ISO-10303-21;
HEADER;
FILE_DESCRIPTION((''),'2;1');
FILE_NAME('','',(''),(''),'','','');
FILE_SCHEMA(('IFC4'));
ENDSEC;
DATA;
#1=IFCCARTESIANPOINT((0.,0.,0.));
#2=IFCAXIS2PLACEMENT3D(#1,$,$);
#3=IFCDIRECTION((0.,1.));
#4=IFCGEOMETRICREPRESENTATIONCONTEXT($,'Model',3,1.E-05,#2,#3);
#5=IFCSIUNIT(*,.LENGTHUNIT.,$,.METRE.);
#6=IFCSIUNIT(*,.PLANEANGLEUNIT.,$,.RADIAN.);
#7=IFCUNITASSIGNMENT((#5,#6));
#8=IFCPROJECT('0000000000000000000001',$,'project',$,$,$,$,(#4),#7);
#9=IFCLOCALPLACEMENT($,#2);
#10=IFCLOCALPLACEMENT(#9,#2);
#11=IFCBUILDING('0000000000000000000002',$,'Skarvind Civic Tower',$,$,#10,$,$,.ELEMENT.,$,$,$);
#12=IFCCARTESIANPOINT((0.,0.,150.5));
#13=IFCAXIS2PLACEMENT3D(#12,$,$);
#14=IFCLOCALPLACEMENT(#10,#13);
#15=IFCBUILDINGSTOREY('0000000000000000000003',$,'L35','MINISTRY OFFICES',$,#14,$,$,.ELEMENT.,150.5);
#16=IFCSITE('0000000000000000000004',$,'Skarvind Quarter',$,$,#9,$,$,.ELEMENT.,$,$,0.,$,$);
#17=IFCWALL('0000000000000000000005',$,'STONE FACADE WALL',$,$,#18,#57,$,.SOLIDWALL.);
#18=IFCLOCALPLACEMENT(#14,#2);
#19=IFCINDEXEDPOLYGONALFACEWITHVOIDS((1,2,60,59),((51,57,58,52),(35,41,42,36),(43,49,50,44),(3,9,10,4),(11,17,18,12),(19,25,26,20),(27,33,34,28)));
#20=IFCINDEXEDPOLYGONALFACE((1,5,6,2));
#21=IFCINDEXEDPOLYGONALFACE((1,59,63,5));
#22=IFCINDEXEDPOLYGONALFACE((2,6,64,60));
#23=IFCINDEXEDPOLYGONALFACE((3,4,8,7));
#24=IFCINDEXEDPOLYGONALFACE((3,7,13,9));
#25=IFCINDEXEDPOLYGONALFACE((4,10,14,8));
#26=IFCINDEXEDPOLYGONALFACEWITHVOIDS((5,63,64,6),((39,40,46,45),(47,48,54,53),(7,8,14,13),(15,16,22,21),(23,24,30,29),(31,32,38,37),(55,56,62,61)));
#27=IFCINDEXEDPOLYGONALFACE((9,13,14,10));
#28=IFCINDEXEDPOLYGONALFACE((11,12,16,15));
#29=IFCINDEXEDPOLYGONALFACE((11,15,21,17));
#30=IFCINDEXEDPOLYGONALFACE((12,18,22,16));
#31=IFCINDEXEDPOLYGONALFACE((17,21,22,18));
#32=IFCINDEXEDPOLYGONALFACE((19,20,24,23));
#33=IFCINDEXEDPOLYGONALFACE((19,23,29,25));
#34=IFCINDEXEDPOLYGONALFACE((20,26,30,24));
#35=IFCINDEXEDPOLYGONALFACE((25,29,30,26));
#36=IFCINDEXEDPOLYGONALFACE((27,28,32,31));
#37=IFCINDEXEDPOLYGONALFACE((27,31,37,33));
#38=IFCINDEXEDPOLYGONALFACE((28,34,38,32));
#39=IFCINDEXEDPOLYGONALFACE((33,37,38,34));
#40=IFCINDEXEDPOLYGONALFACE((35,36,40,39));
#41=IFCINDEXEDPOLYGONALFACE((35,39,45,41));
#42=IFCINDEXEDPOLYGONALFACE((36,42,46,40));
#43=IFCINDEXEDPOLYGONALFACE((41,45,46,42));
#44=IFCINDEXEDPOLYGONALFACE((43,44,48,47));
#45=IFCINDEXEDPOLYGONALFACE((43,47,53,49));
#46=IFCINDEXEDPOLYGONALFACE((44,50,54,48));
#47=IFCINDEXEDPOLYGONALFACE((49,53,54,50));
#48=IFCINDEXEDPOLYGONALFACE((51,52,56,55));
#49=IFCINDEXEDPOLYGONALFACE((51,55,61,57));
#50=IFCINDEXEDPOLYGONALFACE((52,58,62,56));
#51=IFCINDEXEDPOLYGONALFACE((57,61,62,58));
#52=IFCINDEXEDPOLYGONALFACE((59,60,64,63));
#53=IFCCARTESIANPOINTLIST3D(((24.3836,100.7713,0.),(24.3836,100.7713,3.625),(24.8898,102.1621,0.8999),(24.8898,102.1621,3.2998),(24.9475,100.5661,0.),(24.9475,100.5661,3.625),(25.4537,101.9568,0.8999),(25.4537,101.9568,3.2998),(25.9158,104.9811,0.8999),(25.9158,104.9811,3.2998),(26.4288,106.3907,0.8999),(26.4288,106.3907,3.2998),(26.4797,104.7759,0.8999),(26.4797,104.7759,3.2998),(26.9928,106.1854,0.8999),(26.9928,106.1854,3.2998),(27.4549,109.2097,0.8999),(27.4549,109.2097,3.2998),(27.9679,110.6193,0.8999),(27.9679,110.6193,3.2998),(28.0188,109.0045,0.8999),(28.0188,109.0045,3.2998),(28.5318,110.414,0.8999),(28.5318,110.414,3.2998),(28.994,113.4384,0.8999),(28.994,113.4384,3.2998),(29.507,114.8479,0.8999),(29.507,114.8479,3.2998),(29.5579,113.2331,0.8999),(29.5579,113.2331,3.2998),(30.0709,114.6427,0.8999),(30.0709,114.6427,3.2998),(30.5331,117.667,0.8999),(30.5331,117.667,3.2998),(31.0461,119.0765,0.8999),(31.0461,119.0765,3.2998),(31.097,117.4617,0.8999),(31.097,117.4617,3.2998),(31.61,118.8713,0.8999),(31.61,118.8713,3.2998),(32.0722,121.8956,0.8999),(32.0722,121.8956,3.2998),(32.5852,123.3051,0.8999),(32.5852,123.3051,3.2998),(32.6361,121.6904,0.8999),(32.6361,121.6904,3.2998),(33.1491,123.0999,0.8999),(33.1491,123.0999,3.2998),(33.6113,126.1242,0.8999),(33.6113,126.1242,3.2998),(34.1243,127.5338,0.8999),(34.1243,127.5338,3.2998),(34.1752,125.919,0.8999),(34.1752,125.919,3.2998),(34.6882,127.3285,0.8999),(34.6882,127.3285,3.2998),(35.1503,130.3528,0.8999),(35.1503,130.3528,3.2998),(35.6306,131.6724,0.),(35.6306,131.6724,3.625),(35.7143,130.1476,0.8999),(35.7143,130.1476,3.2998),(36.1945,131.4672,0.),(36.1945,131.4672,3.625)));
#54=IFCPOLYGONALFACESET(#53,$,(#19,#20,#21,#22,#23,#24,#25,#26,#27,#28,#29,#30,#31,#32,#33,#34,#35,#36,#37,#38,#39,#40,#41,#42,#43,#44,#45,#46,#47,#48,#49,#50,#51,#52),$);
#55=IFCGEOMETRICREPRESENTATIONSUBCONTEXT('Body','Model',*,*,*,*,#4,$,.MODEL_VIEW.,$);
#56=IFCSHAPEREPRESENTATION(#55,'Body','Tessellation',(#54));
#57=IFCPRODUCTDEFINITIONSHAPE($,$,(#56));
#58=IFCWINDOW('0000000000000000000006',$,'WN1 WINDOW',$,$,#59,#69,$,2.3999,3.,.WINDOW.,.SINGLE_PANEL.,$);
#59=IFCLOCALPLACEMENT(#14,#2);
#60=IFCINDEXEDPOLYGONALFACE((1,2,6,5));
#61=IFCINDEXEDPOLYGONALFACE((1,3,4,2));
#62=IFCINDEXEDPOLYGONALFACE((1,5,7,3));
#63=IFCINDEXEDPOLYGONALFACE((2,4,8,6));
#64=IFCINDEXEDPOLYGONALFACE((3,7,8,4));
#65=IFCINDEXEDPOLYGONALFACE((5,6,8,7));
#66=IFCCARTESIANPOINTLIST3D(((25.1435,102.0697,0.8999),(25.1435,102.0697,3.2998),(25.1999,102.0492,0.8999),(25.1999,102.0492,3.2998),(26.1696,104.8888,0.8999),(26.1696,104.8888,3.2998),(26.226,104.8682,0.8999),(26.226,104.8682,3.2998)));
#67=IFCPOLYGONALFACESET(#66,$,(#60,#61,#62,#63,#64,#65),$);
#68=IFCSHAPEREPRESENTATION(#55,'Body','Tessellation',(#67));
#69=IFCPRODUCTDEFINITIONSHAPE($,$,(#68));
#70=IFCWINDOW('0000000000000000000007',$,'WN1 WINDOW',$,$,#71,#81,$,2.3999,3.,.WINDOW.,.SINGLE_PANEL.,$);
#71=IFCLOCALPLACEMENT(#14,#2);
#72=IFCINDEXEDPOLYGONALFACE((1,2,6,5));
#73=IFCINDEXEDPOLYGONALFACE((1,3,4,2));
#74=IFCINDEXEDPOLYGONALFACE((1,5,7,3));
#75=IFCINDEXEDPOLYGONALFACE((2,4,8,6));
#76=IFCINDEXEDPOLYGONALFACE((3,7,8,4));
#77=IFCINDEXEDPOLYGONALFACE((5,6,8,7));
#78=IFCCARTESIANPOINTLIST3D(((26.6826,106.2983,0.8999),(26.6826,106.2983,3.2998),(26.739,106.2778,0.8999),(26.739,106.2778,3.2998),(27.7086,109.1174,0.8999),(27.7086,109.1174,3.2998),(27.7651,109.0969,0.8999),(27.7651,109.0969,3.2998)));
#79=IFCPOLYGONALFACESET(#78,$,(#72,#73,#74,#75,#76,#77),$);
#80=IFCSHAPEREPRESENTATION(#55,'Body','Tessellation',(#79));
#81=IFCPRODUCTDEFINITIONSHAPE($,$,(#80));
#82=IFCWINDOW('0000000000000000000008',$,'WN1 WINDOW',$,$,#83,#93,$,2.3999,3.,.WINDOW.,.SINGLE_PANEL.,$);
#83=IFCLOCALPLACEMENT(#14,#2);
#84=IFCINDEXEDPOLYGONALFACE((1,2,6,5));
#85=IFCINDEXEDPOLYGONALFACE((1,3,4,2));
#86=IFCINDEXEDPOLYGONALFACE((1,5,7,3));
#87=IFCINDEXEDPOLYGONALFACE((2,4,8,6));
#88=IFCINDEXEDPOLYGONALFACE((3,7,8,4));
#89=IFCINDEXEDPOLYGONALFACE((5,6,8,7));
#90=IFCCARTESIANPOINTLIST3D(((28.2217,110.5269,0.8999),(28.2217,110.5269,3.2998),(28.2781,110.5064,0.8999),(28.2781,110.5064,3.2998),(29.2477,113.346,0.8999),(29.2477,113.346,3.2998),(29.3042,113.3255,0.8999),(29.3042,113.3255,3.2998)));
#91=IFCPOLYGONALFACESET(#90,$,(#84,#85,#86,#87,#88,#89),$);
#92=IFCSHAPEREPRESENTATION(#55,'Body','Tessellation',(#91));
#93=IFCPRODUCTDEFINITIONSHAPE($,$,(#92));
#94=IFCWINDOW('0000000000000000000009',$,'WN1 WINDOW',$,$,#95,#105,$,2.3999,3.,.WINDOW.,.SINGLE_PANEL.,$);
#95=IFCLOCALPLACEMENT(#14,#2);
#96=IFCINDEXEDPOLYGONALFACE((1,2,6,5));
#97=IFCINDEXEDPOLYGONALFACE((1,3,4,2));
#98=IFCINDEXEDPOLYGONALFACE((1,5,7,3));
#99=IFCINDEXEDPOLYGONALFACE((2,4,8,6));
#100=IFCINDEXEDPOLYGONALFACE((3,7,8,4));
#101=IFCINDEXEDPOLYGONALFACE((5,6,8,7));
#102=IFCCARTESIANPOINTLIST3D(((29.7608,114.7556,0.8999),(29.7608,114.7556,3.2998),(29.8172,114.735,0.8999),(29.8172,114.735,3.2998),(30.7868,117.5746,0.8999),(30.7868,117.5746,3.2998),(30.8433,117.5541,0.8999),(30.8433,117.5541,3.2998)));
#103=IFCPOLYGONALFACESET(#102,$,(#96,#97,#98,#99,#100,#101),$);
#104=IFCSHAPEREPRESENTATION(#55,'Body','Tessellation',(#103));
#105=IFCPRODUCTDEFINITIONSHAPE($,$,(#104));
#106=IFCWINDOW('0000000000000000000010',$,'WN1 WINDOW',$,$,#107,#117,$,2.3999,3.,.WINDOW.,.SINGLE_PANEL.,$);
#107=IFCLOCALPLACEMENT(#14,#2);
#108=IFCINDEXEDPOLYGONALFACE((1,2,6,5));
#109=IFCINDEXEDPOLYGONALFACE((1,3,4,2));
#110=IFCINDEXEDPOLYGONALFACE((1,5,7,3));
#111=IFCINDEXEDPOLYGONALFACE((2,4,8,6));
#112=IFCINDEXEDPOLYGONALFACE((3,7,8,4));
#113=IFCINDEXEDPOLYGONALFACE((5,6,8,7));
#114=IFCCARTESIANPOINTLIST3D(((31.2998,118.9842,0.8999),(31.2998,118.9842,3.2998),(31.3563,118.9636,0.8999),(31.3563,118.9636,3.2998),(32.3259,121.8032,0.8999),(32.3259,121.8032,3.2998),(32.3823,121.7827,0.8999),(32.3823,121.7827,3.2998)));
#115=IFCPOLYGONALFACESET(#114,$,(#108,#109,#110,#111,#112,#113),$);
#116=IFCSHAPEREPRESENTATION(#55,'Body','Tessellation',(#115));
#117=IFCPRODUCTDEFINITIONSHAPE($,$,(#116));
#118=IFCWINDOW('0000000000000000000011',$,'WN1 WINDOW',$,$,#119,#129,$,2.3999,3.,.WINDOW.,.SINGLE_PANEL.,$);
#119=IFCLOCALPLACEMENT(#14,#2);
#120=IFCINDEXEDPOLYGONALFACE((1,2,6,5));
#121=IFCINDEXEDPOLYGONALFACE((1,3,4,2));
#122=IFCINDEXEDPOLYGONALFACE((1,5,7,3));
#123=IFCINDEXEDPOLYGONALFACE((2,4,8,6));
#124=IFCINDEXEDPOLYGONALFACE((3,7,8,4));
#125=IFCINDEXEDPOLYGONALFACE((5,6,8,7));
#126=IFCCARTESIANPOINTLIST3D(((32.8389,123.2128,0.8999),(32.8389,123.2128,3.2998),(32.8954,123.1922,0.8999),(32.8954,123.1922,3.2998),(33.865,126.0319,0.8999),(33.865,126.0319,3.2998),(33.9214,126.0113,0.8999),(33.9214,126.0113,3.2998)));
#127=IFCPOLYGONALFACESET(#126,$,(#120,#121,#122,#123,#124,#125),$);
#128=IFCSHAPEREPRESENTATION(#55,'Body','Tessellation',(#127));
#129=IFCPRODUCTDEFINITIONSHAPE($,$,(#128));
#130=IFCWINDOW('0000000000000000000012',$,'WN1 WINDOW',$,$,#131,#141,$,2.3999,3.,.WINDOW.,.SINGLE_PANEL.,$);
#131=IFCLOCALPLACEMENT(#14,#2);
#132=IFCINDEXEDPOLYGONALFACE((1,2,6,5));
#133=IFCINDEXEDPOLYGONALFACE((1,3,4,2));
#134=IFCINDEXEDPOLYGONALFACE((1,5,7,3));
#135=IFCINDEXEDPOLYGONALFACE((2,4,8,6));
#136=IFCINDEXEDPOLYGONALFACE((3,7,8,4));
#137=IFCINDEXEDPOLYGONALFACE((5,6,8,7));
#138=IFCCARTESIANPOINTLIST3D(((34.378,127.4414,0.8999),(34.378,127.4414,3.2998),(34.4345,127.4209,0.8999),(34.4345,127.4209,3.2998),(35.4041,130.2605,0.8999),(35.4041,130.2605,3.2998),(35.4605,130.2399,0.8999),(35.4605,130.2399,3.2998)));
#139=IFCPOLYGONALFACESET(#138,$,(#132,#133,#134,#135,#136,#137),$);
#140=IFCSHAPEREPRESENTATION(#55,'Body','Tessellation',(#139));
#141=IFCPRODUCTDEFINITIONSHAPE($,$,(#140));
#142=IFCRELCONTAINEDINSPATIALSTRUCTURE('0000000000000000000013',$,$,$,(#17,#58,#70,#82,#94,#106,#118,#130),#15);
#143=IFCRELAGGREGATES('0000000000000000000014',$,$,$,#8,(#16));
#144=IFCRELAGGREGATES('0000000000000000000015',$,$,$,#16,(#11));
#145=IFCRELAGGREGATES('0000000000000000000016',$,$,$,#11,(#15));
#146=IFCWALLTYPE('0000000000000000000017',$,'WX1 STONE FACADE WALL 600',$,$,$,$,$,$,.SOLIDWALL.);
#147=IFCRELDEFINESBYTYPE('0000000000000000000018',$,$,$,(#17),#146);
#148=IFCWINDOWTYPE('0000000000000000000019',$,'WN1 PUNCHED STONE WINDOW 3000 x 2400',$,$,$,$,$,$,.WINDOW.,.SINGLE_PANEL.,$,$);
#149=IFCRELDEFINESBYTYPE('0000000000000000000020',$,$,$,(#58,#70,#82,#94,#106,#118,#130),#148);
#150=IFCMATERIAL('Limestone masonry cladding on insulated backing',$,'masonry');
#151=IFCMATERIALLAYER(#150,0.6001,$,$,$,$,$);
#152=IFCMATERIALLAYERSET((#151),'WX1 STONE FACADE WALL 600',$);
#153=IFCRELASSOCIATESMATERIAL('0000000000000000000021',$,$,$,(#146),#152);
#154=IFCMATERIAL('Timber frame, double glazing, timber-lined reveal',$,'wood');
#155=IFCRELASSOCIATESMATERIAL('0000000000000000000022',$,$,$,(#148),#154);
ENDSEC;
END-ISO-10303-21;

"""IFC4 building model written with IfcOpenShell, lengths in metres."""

from ifc_helpers import new_model, si_unit, direction, frame, frame_2d, origin, place, context, subcontext, project, spatial, rectangle, extrude, material, layer, layer_set, type_object, element, fill, save


model = new_model("IFC4")

# Units and contexts
model_context = context("Model", 3, precision=1e-05, world=origin(), true_north=direction((0.0, 1.0)))
body_context = subcontext(model_context, "Body", "Model", "MODEL_VIEW")
ifc_project = project(units=[si_unit("LENGTHUNIT", "METRE"), si_unit("PLANEANGLEUNIT", "RADIAN")], contexts=[model_context])

# Site, building, storey
site_placement = place(None, origin())
site = spatial("IfcSite", under=ifc_project, at=site_placement, Name="Skarvind Quarter", CompositionType="ELEMENT", RefElevation=0.0)
building_placement = place(site_placement, origin())
building = spatial("IfcBuilding", under=site, at=building_placement, Name="Skarvind Civic Tower", CompositionType="ELEMENT")
storey_placement = place(building_placement, frame((0.0, 0.0, 150.5)))
storey = spatial("IfcBuildingStorey", under=building, at=storey_placement, Name="L35", Description="MINISTRY OFFICES", CompositionType="ELEMENT", Elevation=150.5)

# Wall, openings, windows
ifc_material_1 = material(Name="Limestone masonry cladding on insulated backing", Category="masonry")
ifc_layer_1 = layer(ifc_material_1, 0.6001)
ifc_layer_set_1 = layer_set([ifc_layer_1], Name="WX1 STONE FACADE WALL 600")
wall_type_1 = type_object("IfcWallType", Name="WX1 STONE FACADE WALL 600", PredefinedType="SOLIDWALL", material=ifc_layer_set_1)
wall_1_placement = place(storey_placement, frame((24.6655, 100.6687, 0.0), z_axis=(0.0, 0.0, 1.0), x_axis=(0.34202, 0.939693, 0.0)))
wall_1 = element("IfcWall", 1, at=wall_1_placement, inside=storey, type_object=wall_type_1, Name="STONE FACADE WALL", PredefinedType="SOLIDWALL", context=body_context, shape_type="SweptSolid", body=[
    extrude(rectangle(XDim=32.8843, YDim=0.6001, at=frame_2d((16.4421, 0.0))), origin(), (0.0, 0.0, 1.0), 3.625),
])
opening_1_placement = place(wall_1_placement, frame((1.48, 0.0, 0.8999)))
opening_1 = element("IfcOpeningElement", 2, at=opening_1_placement, cuts=wall_1, PredefinedType="OPENING", context=body_context, shape_type="SweptSolid", body=[
    extrude(rectangle(XDim=3.0, YDim=2.3999, at=frame_2d((1.5, 1.2))), frame((0.0, 0.3101, 0.0), z_axis=(0.0, -1.0, 0.0), x_axis=(1.0, 0.0, 0.0)), (0.0, 0.0, 1.0), 0.6201),
])
opening_2_placement = place(wall_1_placement, frame((5.98, 0.0, 0.8999)))
opening_2 = element("IfcOpeningElement", 3, at=opening_2_placement, cuts=wall_1, PredefinedType="OPENING", context=body_context, shape_type="SweptSolid", body=[
    extrude(rectangle(XDim=3.0, YDim=2.3999, at=frame_2d((1.5, 1.2))), frame((0.0, 0.3101, 0.0), z_axis=(0.0, -1.0, 0.0), x_axis=(1.0, 0.0, 0.0)), (0.0, 0.0, 1.0), 0.6201),
])
opening_3_placement = place(wall_1_placement, frame((10.48, 0.0, 0.8999)))
opening_3 = element("IfcOpeningElement", 4, at=opening_3_placement, cuts=wall_1, PredefinedType="OPENING", context=body_context, shape_type="SweptSolid", body=[
    extrude(rectangle(XDim=3.0, YDim=2.3999, at=frame_2d((1.5, 1.2))), frame((0.0, 0.3101, 0.0), z_axis=(0.0, -1.0, 0.0), x_axis=(1.0, 0.0, 0.0)), (0.0, 0.0, 1.0), 0.6201),
])
opening_4_placement = place(wall_1_placement, frame((14.98, 0.0, 0.8999)))
opening_4 = element("IfcOpeningElement", 5, at=opening_4_placement, cuts=wall_1, PredefinedType="OPENING", context=body_context, shape_type="SweptSolid", body=[
    extrude(rectangle(XDim=3.0, YDim=2.3999, at=frame_2d((1.5, 1.2))), frame((0.0, 0.3101, 0.0), z_axis=(0.0, -1.0, 0.0), x_axis=(1.0, 0.0, 0.0)), (0.0, 0.0, 1.0), 0.6201),
])
opening_5_placement = place(wall_1_placement, frame((19.48, 0.0, 0.8999)))
opening_5 = element("IfcOpeningElement", 6, at=opening_5_placement, cuts=wall_1, PredefinedType="OPENING", context=body_context, shape_type="SweptSolid", body=[
    extrude(rectangle(XDim=3.0, YDim=2.3999, at=frame_2d((1.5, 1.2))), frame((0.0, 0.3101, 0.0), z_axis=(0.0, -1.0, 0.0), x_axis=(1.0, 0.0, 0.0)), (0.0, 0.0, 1.0), 0.6201),
])
opening_6_placement = place(wall_1_placement, frame((23.98, 0.0, 0.8999)))
opening_6 = element("IfcOpeningElement", 7, at=opening_6_placement, cuts=wall_1, PredefinedType="OPENING", context=body_context, shape_type="SweptSolid", body=[
    extrude(rectangle(XDim=3.0, YDim=2.3999, at=frame_2d((1.5, 1.2))), frame((0.0, 0.3101, 0.0), z_axis=(0.0, -1.0, 0.0), x_axis=(1.0, 0.0, 0.0)), (0.0, 0.0, 1.0), 0.6201),
])
opening_7_placement = place(wall_1_placement, frame((28.48, 0.0, 0.8999)))
opening_7 = element("IfcOpeningElement", 8, at=opening_7_placement, cuts=wall_1, PredefinedType="OPENING", context=body_context, shape_type="SweptSolid", body=[
    extrude(rectangle(XDim=3.0, YDim=2.3999, at=frame_2d((1.5, 1.2))), frame((0.0, 0.3101, 0.0), z_axis=(0.0, -1.0, 0.0), x_axis=(1.0, 0.0, 0.0)), (0.0, 0.0, 1.0), 0.6201),
])
ifc_material_2 = material(Name="Timber frame, double glazing, timber-lined reveal", Category="wood")
window_type = type_object("IfcWindowType", Name="WN1 PUNCHED STONE WINDOW 3000 x 2400", PartitioningType="SINGLE_PANEL", PredefinedType="WINDOW", material=ifc_material_2)
window_1_placement = place(opening_1_placement, origin())
window_1 = element("IfcWindow", 9, at=window_1_placement, inside=storey, type_object=window_type, Name="WN1 WINDOW", OverallHeight=2.3999, OverallWidth=3.0, PartitioningType="SINGLE_PANEL", PredefinedType="WINDOW", context=body_context, shape_type="SweptSolid", body=[
    extrude(rectangle(XDim=3.0, YDim=2.3999, at=frame_2d((1.5, 1.2))), frame((0.0, 0.03, 0.0), z_axis=(0.0, -1.0, 0.0), x_axis=(1.0, 0.0, 0.0)), (0.0, 0.0, 1.0), 0.0601),
])
fill(opening_1, window_1)
window_2_placement = place(opening_2_placement, origin())
window_2 = element("IfcWindow", 10, at=window_2_placement, inside=storey, type_object=window_type, Name="WN1 WINDOW", OverallHeight=2.3999, OverallWidth=3.0, PartitioningType="SINGLE_PANEL", PredefinedType="WINDOW", context=body_context, shape_type="SweptSolid", body=[
    extrude(rectangle(XDim=3.0, YDim=2.3999, at=frame_2d((1.5, 1.2))), frame((0.0, 0.03, 0.0), z_axis=(0.0, -1.0, 0.0), x_axis=(1.0, 0.0, 0.0)), (0.0, 0.0, 1.0), 0.0601),
])
fill(opening_2, window_2)
window_3_placement = place(opening_3_placement, origin())
window_3 = element("IfcWindow", 11, at=window_3_placement, inside=storey, type_object=window_type, Name="WN1 WINDOW", OverallHeight=2.3999, OverallWidth=3.0, PartitioningType="SINGLE_PANEL", PredefinedType="WINDOW", context=body_context, shape_type="SweptSolid", body=[
    extrude(rectangle(XDim=3.0, YDim=2.3999, at=frame_2d((1.5, 1.2))), frame((0.0, 0.03, 0.0), z_axis=(0.0, -1.0, 0.0), x_axis=(1.0, 0.0, 0.0)), (0.0, 0.0, 1.0), 0.0601),
])
fill(opening_3, window_3)
window_4_placement = place(opening_4_placement, origin())
window_4 = element("IfcWindow", 12, at=window_4_placement, inside=storey, type_object=window_type, Name="WN1 WINDOW", OverallHeight=2.3999, OverallWidth=3.0, PartitioningType="SINGLE_PANEL", PredefinedType="WINDOW", context=body_context, shape_type="SweptSolid", body=[
    extrude(rectangle(XDim=3.0, YDim=2.3999, at=frame_2d((1.5, 1.2))), frame((0.0, 0.03, 0.0), z_axis=(0.0, -1.0, 0.0), x_axis=(1.0, 0.0, 0.0)), (0.0, 0.0, 1.0), 0.0601),
])
fill(opening_4, window_4)
window_5_placement = place(opening_5_placement, origin())
window_5 = element("IfcWindow", 13, at=window_5_placement, inside=storey, type_object=window_type, Name="WN1 WINDOW", OverallHeight=2.3999, OverallWidth=3.0, PartitioningType="SINGLE_PANEL", PredefinedType="WINDOW", context=body_context, shape_type="SweptSolid", body=[
    extrude(rectangle(XDim=3.0, YDim=2.3999, at=frame_2d((1.5, 1.2))), frame((0.0, 0.03, 0.0), z_axis=(0.0, -1.0, 0.0), x_axis=(1.0, 0.0, 0.0)), (0.0, 0.0, 1.0), 0.0601),
])
fill(opening_5, window_5)
window_6_placement = place(opening_6_placement, origin())
window_6 = element("IfcWindow", 14, at=window_6_placement, inside=storey, type_object=window_type, Name="WN1 WINDOW", OverallHeight=2.3999, OverallWidth=3.0, PartitioningType="SINGLE_PANEL", PredefinedType="WINDOW", context=body_context, shape_type="SweptSolid", body=[
    extrude(rectangle(XDim=3.0, YDim=2.3999, at=frame_2d((1.5, 1.2))), frame((0.0, 0.03, 0.0), z_axis=(0.0, -1.0, 0.0), x_axis=(1.0, 0.0, 0.0)), (0.0, 0.0, 1.0), 0.0601),
])
fill(opening_6, window_6)
window_7_placement = place(opening_7_placement, origin())
window_7 = element("IfcWindow", 15, at=window_7_placement, inside=storey, type_object=window_type, Name="WN1 WINDOW", OverallHeight=2.3999, OverallWidth=3.0, PartitioningType="SINGLE_PANEL", PredefinedType="WINDOW", context=body_context, shape_type="SweptSolid", body=[
    extrude(rectangle(XDim=3.0, YDim=2.3999, at=frame_2d((1.5, 1.2))), frame((0.0, 0.03, 0.0), z_axis=(0.0, -1.0, 0.0), x_axis=(1.0, 0.0, 0.0)), (0.0, 0.0, 1.0), 0.0601),
])
fill(opening_7, window_7)

save(model, "model.ifc")
